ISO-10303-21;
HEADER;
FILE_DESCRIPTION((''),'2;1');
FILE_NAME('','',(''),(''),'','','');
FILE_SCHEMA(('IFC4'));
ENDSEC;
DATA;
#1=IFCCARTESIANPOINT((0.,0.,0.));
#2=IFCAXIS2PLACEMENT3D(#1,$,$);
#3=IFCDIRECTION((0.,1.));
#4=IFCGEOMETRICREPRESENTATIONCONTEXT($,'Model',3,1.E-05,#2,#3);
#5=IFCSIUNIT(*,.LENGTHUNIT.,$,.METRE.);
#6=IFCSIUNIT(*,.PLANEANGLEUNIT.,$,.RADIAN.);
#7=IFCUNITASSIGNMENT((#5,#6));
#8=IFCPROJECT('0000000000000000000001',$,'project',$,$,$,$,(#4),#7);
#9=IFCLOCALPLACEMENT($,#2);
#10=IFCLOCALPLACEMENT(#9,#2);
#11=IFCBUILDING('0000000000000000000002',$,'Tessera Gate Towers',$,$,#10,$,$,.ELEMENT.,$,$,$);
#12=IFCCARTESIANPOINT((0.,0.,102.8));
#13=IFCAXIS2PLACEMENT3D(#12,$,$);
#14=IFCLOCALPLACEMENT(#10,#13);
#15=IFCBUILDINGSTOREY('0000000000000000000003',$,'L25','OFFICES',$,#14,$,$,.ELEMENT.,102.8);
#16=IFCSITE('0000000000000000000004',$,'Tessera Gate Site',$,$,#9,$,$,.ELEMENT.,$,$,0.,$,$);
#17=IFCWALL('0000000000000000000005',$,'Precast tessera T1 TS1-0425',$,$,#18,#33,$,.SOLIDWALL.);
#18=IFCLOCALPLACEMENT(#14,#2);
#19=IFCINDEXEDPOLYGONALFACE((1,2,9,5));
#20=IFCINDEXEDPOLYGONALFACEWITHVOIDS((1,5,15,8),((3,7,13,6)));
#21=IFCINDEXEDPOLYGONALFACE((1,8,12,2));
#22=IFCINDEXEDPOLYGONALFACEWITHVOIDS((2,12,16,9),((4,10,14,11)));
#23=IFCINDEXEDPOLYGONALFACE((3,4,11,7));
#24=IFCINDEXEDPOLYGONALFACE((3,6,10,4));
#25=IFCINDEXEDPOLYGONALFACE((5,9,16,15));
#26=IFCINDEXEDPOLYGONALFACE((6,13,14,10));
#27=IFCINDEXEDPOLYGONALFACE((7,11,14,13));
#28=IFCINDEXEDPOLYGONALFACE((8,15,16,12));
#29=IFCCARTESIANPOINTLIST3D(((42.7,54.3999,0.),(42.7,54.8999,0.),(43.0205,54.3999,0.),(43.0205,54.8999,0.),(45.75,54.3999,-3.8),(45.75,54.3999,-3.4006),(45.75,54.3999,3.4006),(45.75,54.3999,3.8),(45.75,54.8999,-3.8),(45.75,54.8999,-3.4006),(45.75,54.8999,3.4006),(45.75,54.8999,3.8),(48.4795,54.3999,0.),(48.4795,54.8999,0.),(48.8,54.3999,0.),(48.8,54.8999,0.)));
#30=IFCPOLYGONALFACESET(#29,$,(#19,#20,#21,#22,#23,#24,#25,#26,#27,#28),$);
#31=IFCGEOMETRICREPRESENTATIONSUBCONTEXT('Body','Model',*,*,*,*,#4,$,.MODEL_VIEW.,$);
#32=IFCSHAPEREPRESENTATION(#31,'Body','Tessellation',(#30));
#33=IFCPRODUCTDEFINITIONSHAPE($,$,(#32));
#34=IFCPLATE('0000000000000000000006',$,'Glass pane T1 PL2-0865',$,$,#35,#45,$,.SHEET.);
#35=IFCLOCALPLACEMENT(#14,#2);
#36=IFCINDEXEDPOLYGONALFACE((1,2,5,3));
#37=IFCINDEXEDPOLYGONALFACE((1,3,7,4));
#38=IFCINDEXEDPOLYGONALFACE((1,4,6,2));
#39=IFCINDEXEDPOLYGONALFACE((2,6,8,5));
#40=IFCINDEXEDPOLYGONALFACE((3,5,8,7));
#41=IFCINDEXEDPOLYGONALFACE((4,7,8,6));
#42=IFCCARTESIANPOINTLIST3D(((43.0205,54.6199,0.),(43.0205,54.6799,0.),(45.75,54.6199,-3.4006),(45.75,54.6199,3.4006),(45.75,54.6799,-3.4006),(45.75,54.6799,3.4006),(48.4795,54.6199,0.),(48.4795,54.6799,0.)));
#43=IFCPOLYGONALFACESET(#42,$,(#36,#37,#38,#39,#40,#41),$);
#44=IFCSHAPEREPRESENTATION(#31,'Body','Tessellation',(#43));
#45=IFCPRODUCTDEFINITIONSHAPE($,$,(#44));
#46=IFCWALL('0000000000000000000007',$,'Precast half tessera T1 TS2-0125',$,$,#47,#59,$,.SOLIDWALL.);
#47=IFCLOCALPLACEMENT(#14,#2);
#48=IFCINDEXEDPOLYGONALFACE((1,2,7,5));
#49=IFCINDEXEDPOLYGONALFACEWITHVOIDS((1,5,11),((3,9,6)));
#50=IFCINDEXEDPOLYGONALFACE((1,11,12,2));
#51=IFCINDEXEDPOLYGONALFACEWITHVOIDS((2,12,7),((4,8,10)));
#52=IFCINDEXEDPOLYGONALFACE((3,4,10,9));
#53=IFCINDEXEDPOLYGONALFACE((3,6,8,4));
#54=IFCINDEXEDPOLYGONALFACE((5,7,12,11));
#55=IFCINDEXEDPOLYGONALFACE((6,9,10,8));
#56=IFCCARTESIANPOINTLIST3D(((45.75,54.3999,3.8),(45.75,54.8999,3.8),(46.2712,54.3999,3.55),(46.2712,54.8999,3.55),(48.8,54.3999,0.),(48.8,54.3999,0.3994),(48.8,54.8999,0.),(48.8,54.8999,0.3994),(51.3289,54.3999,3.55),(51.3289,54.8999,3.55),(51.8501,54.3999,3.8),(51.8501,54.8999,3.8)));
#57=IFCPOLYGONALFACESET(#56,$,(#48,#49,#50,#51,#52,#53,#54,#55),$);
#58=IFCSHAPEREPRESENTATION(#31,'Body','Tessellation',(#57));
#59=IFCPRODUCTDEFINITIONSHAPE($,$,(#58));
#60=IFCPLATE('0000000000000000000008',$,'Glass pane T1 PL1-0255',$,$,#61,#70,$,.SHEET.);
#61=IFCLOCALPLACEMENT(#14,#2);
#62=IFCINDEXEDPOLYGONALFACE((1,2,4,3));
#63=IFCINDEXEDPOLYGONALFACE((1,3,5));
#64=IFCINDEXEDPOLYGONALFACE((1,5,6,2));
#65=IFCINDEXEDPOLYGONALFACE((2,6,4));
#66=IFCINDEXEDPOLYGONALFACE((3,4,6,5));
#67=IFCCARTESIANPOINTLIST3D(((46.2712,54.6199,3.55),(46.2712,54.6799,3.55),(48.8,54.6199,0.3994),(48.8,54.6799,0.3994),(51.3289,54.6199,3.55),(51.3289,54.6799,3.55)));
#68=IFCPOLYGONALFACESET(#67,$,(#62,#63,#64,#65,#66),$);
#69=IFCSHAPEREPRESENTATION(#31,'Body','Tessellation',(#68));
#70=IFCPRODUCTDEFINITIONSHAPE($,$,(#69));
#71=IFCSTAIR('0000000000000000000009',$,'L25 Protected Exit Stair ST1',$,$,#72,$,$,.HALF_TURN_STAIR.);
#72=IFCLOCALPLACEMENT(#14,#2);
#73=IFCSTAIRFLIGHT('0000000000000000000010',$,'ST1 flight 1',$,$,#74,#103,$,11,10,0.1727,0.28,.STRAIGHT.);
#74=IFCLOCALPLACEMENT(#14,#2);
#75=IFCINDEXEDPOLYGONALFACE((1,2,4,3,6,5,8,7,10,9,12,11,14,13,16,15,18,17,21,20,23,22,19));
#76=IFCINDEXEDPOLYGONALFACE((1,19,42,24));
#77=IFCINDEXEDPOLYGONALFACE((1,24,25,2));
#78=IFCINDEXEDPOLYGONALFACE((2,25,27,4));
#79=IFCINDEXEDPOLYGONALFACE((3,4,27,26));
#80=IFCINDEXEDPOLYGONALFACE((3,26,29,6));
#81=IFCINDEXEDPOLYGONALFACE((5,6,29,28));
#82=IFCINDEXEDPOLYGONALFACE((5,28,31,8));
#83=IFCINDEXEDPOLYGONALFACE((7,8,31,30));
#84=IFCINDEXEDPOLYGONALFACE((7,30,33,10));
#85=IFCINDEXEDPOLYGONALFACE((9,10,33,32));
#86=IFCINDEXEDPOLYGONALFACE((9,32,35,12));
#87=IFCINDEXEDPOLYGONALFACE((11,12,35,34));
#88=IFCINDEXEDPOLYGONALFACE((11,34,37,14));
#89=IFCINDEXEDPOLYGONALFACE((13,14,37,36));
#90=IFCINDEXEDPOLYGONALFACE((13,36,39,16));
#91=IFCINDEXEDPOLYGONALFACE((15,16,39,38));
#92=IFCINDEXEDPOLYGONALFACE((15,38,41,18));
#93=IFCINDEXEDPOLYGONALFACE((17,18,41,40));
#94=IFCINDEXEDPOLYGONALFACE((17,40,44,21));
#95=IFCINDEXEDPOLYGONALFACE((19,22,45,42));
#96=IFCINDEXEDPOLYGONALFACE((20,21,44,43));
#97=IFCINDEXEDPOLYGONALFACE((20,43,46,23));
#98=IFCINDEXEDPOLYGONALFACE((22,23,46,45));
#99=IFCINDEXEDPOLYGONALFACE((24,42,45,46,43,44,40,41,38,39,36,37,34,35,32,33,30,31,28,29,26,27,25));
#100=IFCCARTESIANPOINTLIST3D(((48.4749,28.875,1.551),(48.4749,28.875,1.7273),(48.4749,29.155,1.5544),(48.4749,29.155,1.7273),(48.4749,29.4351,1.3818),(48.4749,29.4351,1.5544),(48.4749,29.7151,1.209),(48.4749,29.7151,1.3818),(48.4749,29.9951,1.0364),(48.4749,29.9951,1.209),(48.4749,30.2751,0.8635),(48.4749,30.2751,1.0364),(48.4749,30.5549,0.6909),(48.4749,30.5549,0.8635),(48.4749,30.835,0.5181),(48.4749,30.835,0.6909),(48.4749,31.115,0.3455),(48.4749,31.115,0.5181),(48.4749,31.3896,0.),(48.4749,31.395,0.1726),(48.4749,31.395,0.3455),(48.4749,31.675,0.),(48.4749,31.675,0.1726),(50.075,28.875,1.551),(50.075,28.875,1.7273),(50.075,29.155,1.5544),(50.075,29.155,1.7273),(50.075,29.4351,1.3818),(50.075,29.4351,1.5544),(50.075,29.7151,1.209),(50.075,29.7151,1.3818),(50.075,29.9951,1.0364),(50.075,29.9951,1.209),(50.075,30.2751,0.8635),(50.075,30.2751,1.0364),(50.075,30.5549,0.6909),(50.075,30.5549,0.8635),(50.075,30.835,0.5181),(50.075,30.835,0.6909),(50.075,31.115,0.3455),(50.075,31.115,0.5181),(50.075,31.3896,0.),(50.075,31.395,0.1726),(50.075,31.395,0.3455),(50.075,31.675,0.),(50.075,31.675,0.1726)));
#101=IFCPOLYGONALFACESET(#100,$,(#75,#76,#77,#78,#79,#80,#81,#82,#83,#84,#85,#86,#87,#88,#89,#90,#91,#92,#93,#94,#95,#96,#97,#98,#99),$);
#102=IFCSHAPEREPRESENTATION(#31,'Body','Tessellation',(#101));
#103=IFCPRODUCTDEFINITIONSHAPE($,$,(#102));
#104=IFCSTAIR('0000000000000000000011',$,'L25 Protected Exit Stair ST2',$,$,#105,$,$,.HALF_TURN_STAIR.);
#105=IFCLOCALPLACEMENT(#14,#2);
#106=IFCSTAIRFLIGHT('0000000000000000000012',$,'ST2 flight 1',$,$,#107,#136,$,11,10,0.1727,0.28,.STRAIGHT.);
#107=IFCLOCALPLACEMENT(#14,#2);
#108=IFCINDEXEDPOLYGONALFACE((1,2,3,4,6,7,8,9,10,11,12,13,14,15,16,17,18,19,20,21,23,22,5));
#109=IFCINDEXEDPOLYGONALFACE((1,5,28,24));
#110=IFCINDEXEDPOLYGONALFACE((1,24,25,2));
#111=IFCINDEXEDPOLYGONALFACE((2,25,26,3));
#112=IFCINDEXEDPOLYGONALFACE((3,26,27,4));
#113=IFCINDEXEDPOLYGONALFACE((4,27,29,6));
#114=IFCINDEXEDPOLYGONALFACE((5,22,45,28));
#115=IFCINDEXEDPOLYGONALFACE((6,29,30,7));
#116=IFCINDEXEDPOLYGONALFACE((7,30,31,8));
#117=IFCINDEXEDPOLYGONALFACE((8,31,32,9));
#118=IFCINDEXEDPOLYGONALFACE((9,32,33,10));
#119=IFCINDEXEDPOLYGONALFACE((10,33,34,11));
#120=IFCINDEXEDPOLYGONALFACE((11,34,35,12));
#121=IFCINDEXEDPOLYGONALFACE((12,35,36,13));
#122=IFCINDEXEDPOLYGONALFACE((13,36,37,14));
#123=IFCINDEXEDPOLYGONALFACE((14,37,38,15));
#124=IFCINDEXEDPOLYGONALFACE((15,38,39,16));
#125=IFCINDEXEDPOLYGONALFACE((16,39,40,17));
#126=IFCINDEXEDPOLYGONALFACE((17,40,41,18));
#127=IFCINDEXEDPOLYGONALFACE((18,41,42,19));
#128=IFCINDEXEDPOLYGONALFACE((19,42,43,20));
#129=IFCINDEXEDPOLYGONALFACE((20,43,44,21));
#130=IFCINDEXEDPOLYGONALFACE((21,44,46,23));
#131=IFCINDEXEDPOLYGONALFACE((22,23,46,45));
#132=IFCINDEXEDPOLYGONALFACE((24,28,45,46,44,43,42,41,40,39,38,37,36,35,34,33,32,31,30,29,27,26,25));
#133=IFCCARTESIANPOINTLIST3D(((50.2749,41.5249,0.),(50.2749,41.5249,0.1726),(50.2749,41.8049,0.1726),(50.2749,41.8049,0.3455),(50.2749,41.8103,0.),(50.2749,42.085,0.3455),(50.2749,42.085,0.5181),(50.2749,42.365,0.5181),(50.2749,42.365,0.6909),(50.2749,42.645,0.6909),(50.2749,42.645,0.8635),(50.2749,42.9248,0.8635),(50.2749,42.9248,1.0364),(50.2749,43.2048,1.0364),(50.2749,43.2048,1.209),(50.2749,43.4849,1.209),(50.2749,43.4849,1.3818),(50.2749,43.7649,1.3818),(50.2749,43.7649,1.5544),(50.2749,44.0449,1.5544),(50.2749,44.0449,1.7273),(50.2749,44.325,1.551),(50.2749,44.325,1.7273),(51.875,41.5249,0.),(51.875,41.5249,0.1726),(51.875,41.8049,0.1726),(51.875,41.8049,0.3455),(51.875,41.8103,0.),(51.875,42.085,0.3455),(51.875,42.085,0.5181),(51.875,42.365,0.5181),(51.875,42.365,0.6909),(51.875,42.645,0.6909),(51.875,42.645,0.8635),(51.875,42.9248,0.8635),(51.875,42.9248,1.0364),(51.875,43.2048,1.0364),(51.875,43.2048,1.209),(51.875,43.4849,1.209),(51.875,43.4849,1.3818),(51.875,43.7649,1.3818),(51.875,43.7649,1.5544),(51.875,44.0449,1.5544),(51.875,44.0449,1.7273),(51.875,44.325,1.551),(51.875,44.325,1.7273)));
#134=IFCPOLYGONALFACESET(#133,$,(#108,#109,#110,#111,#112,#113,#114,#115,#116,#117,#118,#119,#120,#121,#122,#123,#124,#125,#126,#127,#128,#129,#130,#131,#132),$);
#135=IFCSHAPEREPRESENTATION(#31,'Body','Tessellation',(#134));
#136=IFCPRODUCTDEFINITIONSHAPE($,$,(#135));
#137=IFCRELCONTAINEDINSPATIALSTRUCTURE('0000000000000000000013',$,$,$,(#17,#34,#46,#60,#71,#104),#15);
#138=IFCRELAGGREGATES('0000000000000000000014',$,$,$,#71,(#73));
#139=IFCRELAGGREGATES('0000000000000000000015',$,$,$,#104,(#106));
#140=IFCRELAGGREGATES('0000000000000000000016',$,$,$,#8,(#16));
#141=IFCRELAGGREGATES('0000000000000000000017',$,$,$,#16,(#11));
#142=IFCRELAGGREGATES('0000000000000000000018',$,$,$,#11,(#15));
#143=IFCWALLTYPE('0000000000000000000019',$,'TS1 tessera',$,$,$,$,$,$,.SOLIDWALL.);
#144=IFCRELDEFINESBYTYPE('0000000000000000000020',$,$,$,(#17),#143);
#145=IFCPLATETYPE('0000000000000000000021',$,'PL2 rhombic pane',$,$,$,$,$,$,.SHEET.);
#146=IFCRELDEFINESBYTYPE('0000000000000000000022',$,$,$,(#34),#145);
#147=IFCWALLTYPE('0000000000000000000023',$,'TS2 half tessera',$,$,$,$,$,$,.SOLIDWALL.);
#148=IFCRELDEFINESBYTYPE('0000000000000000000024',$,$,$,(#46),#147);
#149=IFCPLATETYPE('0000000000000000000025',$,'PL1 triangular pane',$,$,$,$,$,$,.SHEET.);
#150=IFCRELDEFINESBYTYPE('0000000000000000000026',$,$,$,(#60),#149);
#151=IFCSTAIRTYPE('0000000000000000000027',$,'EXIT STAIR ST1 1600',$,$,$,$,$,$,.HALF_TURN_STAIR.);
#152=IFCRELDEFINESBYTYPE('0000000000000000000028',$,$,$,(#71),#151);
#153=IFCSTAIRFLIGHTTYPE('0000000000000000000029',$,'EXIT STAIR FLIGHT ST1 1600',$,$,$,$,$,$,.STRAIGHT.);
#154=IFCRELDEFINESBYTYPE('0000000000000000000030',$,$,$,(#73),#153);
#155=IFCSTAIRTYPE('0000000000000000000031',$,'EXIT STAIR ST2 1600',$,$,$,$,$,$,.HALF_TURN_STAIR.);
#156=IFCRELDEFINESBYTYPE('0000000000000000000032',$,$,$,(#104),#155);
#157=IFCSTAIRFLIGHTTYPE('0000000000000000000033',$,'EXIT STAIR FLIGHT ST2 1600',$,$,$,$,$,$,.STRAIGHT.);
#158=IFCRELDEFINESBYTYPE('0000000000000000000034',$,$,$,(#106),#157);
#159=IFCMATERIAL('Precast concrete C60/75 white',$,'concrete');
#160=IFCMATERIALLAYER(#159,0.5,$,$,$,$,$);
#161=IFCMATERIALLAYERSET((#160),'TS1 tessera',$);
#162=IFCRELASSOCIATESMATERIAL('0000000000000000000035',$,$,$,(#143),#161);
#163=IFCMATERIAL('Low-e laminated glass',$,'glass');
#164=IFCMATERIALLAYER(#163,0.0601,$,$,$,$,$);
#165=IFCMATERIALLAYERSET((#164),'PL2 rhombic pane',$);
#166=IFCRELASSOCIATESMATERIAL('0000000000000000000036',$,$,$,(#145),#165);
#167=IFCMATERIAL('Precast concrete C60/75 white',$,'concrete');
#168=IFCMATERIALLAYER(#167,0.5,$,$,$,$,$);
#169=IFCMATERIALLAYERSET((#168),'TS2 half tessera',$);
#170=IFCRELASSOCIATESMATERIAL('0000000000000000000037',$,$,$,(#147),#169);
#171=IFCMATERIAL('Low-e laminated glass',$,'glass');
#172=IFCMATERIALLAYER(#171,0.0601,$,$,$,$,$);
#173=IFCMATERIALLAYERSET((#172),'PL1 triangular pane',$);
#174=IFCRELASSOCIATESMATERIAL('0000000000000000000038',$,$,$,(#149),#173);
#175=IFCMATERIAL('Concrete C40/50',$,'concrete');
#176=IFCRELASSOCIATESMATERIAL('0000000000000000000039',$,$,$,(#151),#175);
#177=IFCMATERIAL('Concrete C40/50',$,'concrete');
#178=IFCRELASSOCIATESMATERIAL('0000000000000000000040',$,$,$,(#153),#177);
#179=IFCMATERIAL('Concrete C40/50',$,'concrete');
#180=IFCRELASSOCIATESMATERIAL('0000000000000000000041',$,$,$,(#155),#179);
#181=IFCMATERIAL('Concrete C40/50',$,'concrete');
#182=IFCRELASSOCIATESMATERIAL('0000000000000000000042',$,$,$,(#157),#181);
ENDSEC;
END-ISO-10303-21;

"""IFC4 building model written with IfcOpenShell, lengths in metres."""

from ifc_helpers import new_model, si_unit, direction, frame, origin, place, context, subcontext, project, spatial, polyline, outline, extrude, source, transform, mapped, material, layer, layer_set, type_object, element, fill, aggregate, save


model = new_model("IFC4")

# Units and contexts
model_context = context("Model", 3, precision=1e-05, world=origin(), true_north=direction((0.0, 1.0)))
body_context = subcontext(model_context, "Body", "Model", "MODEL_VIEW")
ifc_project = project(units=[si_unit("LENGTHUNIT", "METRE"), si_unit("PLANEANGLEUNIT", "RADIAN")], contexts=[model_context])

# Site, building, storey
site_placement = place(None, origin())
site = spatial("IfcSite", under=ifc_project, at=site_placement, Name="Tessera Gate Site", CompositionType="ELEMENT", RefElevation=0.0)
building_placement = place(site_placement, origin())
building = spatial("IfcBuilding", under=site, at=building_placement, Name="Tessera Gate Towers", CompositionType="ELEMENT")
storey_placement = place(building_placement, frame((0.0, 0.0, 102.8)))
storey = spatial("IfcBuildingStorey", under=building, at=storey_placement, Name="L25", Description="OFFICES", CompositionType="ELEMENT", Elevation=102.8)

# Walls, openings, plates
ifc_material_1 = material(Name="Precast concrete C60/75 white", Category="concrete")
ifc_layer_1 = layer(ifc_material_1, 0.5)
ifc_layer_set_1 = layer_set([ifc_layer_1], Name="TS1 tessera")
wall_type_1 = type_object("IfcWallType", Name="TS1 tessera", PredefinedType="SOLIDWALL", material=ifc_layer_set_1)
shared_shape_1 = source(origin(), body_context, "Body", "SweptSolid", [
    extrude(outline(polyline([(3.05, 0.0), (6.1001, 3.8), (3.05, 7.6001), (0.0, 3.8), (3.05, 0.0)])), frame((0.0, 0.25, 0.0), z_axis=(0.0, -1.0, 0.0), x_axis=(1.0, 0.0, 0.0)), (0.0, 0.0, 1.0), 0.5),
])
wall_1_placement = place(storey_placement, frame((48.8, 54.6499, -3.8), z_axis=(0.0, 0.0, 1.0), x_axis=(-1.0, 0.0, 0.0)))
wall_1 = element("IfcWall", 1, at=wall_1_placement, inside=storey, type_object=wall_type_1, Name="Precast tessera T1 TS1-0425", PredefinedType="SOLIDWALL", context=body_context, shape_type="MappedRepresentation", body=[
    mapped(shared_shape_1, transform((0.0, 0.0, 0.0), scale=1.0)),
])
shared_shape_2 = source(origin(), body_context, "Body", "SweptSolid", [
    extrude(outline(polyline([(3.05, 0.3994), (5.7795, 3.8), (3.05, 7.2007), (0.3206, 3.8), (3.05, 0.3994)])), frame((0.0, 0.26, 0.0), z_axis=(0.0, -1.0, 0.0), x_axis=(1.0, 0.0, 0.0)), (0.0, 0.0, 1.0), 0.52),
])
opening_1_placement = place(wall_1_placement, origin())
opening_1 = element("IfcOpeningElement", 2, at=opening_1_placement, cuts=wall_1, PredefinedType="OPENING", context=body_context, shape_type="MappedRepresentation", body=[
    mapped(shared_shape_2, transform((0.0, 0.0, 0.0), scale=1.0)),
])
ifc_material_2 = material(Name="Low-e laminated glass", Category="glass")
ifc_layer_2 = layer(ifc_material_2, 0.0601)
ifc_layer_set_2 = layer_set([ifc_layer_2], Name="PL2 rhombic pane")
plate_type_1 = type_object("IfcPlateType", Name="PL2 rhombic pane", PredefinedType="SHEET", material=ifc_layer_set_2)
shared_shape_3 = source(origin(), body_context, "Body", "SweptSolid", [
    extrude(outline(polyline([(3.05, 0.3994), (5.7795, 3.8), (3.05, 7.2007), (0.3206, 3.8), (3.05, 0.3994)])), frame((0.0, 0.03, 0.0), z_axis=(0.0, -1.0, 0.0), x_axis=(1.0, 0.0, 0.0)), (0.0, 0.0, 1.0), 0.0601),
])
plate_1_placement = place(opening_1_placement, origin())
plate_1 = element("IfcPlate", 3, at=plate_1_placement, inside=storey, type_object=plate_type_1, Name="Glass pane T1 PL2-0865", PredefinedType="SHEET", context=body_context, shape_type="MappedRepresentation", body=[
    mapped(shared_shape_3, transform((0.0, 0.0, 0.0), scale=1.0)),
])
fill(opening_1, plate_1)
ifc_material_3 = material(Name="Precast concrete C60/75 white", Category="concrete")
ifc_layer_3 = layer(ifc_material_3, 0.5)
ifc_layer_set_3 = layer_set([ifc_layer_3], Name="TS2 half tessera")
wall_type_2 = type_object("IfcWallType", Name="TS2 half tessera", PredefinedType="SOLIDWALL", material=ifc_layer_set_3)
shared_shape_4 = source(origin(), body_context, "Body", "SweptSolid", [
    extrude(outline(polyline([(3.05, 0.0), (6.1001, 3.8), (0.0, 3.8), (3.05, 0.0)])), frame((0.0, 0.25, 0.0), z_axis=(0.0, -1.0, 0.0), x_axis=(1.0, 0.0, 0.0)), (0.0, 0.0, 1.0), 0.5),
])
wall_2_placement = place(storey_placement, frame((51.8501, 54.6499, 0.0), z_axis=(0.0, 0.0, 1.0), x_axis=(-1.0, 0.0, 0.0)))
wall_2 = element("IfcWall", 4, at=wall_2_placement, inside=storey, type_object=wall_type_2, Name="Precast half tessera T1 TS2-0125", PredefinedType="SOLIDWALL", context=body_context, shape_type="MappedRepresentation", body=[
    mapped(shared_shape_4, transform((0.0, 0.0, 0.0), scale=1.0)),
])
shared_shape_5 = source(origin(), body_context, "Body", "SweptSolid", [
    extrude(outline(polyline([(3.05, 0.3994), (5.5789, 3.55), (0.5212, 3.55), (3.05, 0.3994)])), frame((0.0, 0.26, 0.0), z_axis=(0.0, -1.0, 0.0), x_axis=(1.0, 0.0, 0.0)), (0.0, 0.0, 1.0), 0.52),
])
opening_2_placement = place(wall_2_placement, origin())
opening_2 = element("IfcOpeningElement", 5, at=opening_2_placement, cuts=wall_2, PredefinedType="OPENING", context=body_context, shape_type="MappedRepresentation", body=[
    mapped(shared_shape_5, transform((0.0, 0.0, 0.0), scale=1.0)),
])
ifc_material_4 = material(Name="Low-e laminated glass", Category="glass")
ifc_layer_4 = layer(ifc_material_4, 0.0601)
ifc_layer_set_4 = layer_set([ifc_layer_4], Name="PL1 triangular pane")
plate_type_2 = type_object("IfcPlateType", Name="PL1 triangular pane", PredefinedType="SHEET", material=ifc_layer_set_4)
shared_shape_6 = source(origin(), body_context, "Body", "SweptSolid", [
    extrude(outline(polyline([(3.05, 0.3994), (5.5789, 3.55), (0.5212, 3.55), (3.05, 0.3994)])), frame((0.0, 0.03, 0.0), z_axis=(0.0, -1.0, 0.0), x_axis=(1.0, 0.0, 0.0)), (0.0, 0.0, 1.0), 0.0601),
])
plate_2_placement = place(opening_2_placement, origin())
plate_2 = element("IfcPlate", 6, at=plate_2_placement, inside=storey, type_object=plate_type_2, Name="Glass pane T1 PL1-0255", PredefinedType="SHEET", context=body_context, shape_type="MappedRepresentation", body=[
    mapped(shared_shape_6, transform((0.0, 0.0, 0.0), scale=1.0)),
])
fill(opening_2, plate_2)

# Stair, stair flight
ifc_material_5 = material(Name="Concrete C40/50", Category="concrete")
stair_type_1 = type_object("IfcStairType", Name="EXIT STAIR ST1 1600", PredefinedType="HALF_TURN_STAIR", material=ifc_material_5)
stair_1_placement = place(storey_placement, origin())
stair_1 = element("IfcStair", 7, at=stair_1_placement, inside=storey, type_object=stair_type_1, Name="L25 Protected Exit Stair ST1", PredefinedType="HALF_TURN_STAIR")
ifc_material_6 = material(Name="Concrete C40/50", Category="concrete")
stair_flight_type_1 = type_object("IfcStairFlightType", Name="EXIT STAIR FLIGHT ST1 1600", PredefinedType="STRAIGHT", material=ifc_material_6)
stair_flight_1_placement = place(storey_placement, frame((49.2749, 31.675, 0.0), z_axis=(0.0, 0.0, 1.0), x_axis=(0.0, -1.0, 0.0)))
stair_flight_1 = element("IfcStairFlight", 8, at=stair_flight_1_placement, type_object=stair_flight_type_1, Name="ST1 flight 1", NumberOfRisers=11, NumberOfTreads=10, PredefinedType="STRAIGHT", RiserHeight=0.1727, TreadLength=0.28, context=body_context, shape_type="SweptSolid", body=[
    extrude(outline(polyline([(0.0, 0.0), (0.0, 0.1726), (0.28, 0.1726), (0.28, 0.3455), (0.5601, 0.3455), (0.5601, 0.5181), (0.8401, 0.5181), (0.8401, 0.6909), (1.1201, 0.6909), (1.1201, 0.8635), (1.3999, 0.8635), (1.3999, 1.0364), (1.6799, 1.0364), (1.6799, 1.209), (1.96, 1.209), (1.96, 1.3818), (2.24, 1.3818), (2.24, 1.5544), (2.52, 1.5544), (2.52, 1.7273), (2.8, 1.7273), (2.8, 1.8999), (2.8, 1.551), (0.2854, 0.0), (0.0, 0.0)])), frame((0.0, 0.8, 0.0), z_axis=(0.0, -1.0, 0.0), x_axis=(1.0, 0.0, 0.0)), (0.0, 0.0, 1.0), 1.6001),
])
aggregate(stair_1, [stair_flight_1])

# Stair, stair flight
ifc_material_7 = material(Name="Concrete C40/50", Category="concrete")
stair_type_2 = type_object("IfcStairType", Name="EXIT STAIR ST2 1600", PredefinedType="HALF_TURN_STAIR", material=ifc_material_7)
stair_2_placement = place(storey_placement, origin())
stair_2 = element("IfcStair", 9, at=stair_2_placement, inside=storey, type_object=stair_type_2, Name="L25 Protected Exit Stair ST2", PredefinedType="HALF_TURN_STAIR")
ifc_material_8 = material(Name="Concrete C40/50", Category="concrete")
stair_flight_type_2 = type_object("IfcStairFlightType", Name="EXIT STAIR FLIGHT ST2 1600", PredefinedType="STRAIGHT", material=ifc_material_8)
stair_flight_2_placement = place(storey_placement, frame((51.075, 41.5249, 0.0), z_axis=(0.0, 0.0, 1.0), x_axis=(0.0, 1.0, 0.0)))
stair_flight_2 = element("IfcStairFlight", 10, at=stair_flight_2_placement, type_object=stair_flight_type_2, Name="ST2 flight 1", NumberOfRisers=11, NumberOfTreads=10, PredefinedType="STRAIGHT", RiserHeight=0.1727, TreadLength=0.28, context=body_context, shape_type="SweptSolid", body=[
    extrude(outline(polyline([(0.0, 0.0), (0.0, 0.1726), (0.28, 0.1726), (0.28, 0.3455), (0.5601, 0.3455), (0.5601, 0.5181), (0.8401, 0.5181), (0.8401, 0.6909), (1.1201, 0.6909), (1.1201, 0.8635), (1.3999, 0.8635), (1.3999, 1.0364), (1.6799, 1.0364), (1.6799, 1.209), (1.96, 1.209), (1.96, 1.3818), (2.24, 1.3818), (2.24, 1.5544), (2.52, 1.5544), (2.52, 1.7273), (2.8, 1.7273), (2.8, 1.8999), (2.8, 1.551), (0.2854, 0.0), (0.0, 0.0)])), frame((0.0, 0.8, 0.0), z_axis=(0.0, -1.0, 0.0), x_axis=(1.0, 0.0, 0.0)), (0.0, 0.0, 1.0), 1.6001),
])
aggregate(stair_2, [stair_flight_2])

save(model, "model.ifc")
